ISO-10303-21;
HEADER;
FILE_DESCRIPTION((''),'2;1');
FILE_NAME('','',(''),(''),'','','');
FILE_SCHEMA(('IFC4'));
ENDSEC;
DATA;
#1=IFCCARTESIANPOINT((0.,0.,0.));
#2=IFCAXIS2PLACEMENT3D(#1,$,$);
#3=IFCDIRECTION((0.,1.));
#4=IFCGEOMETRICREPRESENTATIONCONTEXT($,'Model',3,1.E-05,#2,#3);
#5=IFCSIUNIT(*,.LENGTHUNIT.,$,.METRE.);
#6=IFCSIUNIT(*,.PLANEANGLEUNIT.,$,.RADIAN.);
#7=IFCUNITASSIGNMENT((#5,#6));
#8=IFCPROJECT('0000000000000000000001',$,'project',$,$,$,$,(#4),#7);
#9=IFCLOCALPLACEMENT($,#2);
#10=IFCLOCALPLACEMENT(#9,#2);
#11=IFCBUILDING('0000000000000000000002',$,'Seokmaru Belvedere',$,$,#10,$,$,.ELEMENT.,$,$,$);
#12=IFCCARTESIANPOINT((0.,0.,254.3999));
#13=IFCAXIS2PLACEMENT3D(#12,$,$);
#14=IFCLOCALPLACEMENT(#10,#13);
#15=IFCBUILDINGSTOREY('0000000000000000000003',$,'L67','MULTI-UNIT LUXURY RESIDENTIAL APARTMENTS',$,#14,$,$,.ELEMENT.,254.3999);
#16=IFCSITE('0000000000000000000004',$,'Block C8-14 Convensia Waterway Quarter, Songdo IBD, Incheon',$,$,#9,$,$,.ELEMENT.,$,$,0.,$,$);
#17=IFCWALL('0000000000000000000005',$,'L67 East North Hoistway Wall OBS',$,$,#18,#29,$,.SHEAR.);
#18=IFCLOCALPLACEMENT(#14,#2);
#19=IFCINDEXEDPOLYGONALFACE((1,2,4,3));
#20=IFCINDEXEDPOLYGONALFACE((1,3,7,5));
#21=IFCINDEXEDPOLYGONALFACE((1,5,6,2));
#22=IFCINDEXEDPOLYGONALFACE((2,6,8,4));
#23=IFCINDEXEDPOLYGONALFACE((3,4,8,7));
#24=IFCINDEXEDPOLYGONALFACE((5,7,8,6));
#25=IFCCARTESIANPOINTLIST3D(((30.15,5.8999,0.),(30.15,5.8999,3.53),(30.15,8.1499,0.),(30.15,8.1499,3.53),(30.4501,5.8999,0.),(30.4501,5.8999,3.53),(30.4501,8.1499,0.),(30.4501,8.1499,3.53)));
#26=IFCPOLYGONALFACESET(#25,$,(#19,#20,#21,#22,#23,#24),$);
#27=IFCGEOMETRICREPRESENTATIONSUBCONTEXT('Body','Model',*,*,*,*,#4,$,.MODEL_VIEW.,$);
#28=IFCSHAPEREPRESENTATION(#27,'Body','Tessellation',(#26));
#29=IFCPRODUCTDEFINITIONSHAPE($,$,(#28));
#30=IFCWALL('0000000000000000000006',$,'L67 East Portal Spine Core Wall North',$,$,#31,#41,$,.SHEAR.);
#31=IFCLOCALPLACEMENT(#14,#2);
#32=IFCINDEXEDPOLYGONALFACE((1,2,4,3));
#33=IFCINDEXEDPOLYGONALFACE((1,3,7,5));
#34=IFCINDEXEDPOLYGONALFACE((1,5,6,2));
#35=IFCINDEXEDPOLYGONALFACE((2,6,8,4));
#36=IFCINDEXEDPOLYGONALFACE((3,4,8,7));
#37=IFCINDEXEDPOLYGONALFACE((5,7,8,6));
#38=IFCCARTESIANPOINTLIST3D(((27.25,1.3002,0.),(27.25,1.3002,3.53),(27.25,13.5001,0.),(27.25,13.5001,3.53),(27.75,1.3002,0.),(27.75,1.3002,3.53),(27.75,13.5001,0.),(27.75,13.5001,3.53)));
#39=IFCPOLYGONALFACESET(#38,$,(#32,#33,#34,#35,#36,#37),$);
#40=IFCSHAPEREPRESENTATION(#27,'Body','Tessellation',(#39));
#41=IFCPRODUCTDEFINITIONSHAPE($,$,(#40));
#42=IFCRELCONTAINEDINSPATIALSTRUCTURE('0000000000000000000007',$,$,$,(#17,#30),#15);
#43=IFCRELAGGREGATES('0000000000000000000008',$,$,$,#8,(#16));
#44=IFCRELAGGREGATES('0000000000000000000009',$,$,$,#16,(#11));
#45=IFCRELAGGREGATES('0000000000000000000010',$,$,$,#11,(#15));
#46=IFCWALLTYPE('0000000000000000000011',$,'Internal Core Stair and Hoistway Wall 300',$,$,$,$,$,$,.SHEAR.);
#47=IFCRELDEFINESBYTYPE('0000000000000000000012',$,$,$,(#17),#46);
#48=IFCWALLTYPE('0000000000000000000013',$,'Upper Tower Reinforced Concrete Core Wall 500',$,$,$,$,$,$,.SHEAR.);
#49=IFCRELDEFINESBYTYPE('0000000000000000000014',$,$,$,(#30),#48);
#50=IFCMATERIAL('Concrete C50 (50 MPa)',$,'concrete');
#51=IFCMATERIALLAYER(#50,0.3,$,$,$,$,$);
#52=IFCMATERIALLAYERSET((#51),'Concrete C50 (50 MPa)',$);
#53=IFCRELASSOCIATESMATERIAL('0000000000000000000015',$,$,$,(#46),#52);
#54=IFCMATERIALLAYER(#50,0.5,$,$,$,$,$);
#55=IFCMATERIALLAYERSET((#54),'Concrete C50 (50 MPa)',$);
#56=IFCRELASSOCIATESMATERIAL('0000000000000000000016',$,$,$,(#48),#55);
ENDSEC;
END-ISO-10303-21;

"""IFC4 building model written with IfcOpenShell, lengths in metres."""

from ifc_helpers import new_model, si_unit, direction, frame, frame_2d, origin, place, context, subcontext, project, spatial, rectangle, extrude, material, layer, layer_set, type_object, element, save


model = new_model("IFC4")

# Units and contexts
model_context = context("Model", 3, precision=1e-05, world=origin(), true_north=direction((0.0, 1.0)))
body_context = subcontext(model_context, "Body", "Model", "MODEL_VIEW")
ifc_project = project(units=[si_unit("LENGTHUNIT", "METRE"), si_unit("PLANEANGLEUNIT", "RADIAN")], contexts=[model_context])

# Site, building, storey
site_placement = place(None, origin())
site = spatial("IfcSite", under=ifc_project, at=site_placement, Name="Block C8-14 Convensia Waterway Quarter, Songdo IBD, Incheon", CompositionType="ELEMENT", RefElevation=0.0)
building_placement = place(site_placement, origin())
building = spatial("IfcBuilding", under=site, at=building_placement, Name="Seokmaru Belvedere", CompositionType="ELEMENT")
storey_placement = place(building_placement, frame((0.0, 0.0, 254.3999)))
storey = spatial("IfcBuildingStorey", under=building, at=storey_placement, Name="L67", Description="MULTI-UNIT LUXURY RESIDENTIAL APARTMENTS", CompositionType="ELEMENT", Elevation=254.3999)

# Shared definitions
ifc_material_1 = material(Name="Concrete C50 (50 MPa)", Category="concrete")

# Shared definitions
ifc_layer_1 = layer(ifc_material_1, 0.3)
ifc_layer_set_1 = layer_set([ifc_layer_1], Name="Concrete C50 (50 MPa)")
wall_type_1 = type_object("IfcWallType", Name="Internal Core Stair and Hoistway Wall 300", PredefinedType="SHEAR", material=ifc_layer_set_1)

# Walls
wall_1_placement = place(storey_placement, frame((30.3, 5.8999, 0.0), z_axis=(0.0, 0.0, 1.0), x_axis=(0.0, 1.0, 0.0)))
element("IfcWall", 1, at=wall_1_placement, inside=storey, type_object=wall_type_1, Name="L67 East North Hoistway Wall OBS", PredefinedType="SHEAR", context=body_context, shape_type="SweptSolid", body=[
    extrude(rectangle(XDim=2.25, YDim=0.3, at=frame_2d((1.125, 0.0))), origin(), (0.0, 0.0, 1.0), 3.53),
])
ifc_layer_2 = layer(ifc_material_1, 0.5)
ifc_layer_set_2 = layer_set([ifc_layer_2], Name="Concrete C50 (50 MPa)")
wall_type_2 = type_object("IfcWallType", Name="Upper Tower Reinforced Concrete Core Wall 500", PredefinedType="SHEAR", material=ifc_layer_set_2)
wall_2_placement = place(storey_placement, frame((27.5, 1.3, 0.0), z_axis=(0.0, 0.0, 1.0), x_axis=(0.0, 1.0, 0.0)))
element("IfcWall", 2, at=wall_2_placement, inside=storey, type_object=wall_type_2, Name="L67 East Portal Spine Core Wall North", PredefinedType="SHEAR", context=body_context, shape_type="SweptSolid", body=[
    extrude(rectangle(XDim=12.2, YDim=0.5, at=frame_2d((6.1001, 0.0))), origin(), (0.0, 0.0, 1.0), 3.53),
])

save(model, "model.ifc")
